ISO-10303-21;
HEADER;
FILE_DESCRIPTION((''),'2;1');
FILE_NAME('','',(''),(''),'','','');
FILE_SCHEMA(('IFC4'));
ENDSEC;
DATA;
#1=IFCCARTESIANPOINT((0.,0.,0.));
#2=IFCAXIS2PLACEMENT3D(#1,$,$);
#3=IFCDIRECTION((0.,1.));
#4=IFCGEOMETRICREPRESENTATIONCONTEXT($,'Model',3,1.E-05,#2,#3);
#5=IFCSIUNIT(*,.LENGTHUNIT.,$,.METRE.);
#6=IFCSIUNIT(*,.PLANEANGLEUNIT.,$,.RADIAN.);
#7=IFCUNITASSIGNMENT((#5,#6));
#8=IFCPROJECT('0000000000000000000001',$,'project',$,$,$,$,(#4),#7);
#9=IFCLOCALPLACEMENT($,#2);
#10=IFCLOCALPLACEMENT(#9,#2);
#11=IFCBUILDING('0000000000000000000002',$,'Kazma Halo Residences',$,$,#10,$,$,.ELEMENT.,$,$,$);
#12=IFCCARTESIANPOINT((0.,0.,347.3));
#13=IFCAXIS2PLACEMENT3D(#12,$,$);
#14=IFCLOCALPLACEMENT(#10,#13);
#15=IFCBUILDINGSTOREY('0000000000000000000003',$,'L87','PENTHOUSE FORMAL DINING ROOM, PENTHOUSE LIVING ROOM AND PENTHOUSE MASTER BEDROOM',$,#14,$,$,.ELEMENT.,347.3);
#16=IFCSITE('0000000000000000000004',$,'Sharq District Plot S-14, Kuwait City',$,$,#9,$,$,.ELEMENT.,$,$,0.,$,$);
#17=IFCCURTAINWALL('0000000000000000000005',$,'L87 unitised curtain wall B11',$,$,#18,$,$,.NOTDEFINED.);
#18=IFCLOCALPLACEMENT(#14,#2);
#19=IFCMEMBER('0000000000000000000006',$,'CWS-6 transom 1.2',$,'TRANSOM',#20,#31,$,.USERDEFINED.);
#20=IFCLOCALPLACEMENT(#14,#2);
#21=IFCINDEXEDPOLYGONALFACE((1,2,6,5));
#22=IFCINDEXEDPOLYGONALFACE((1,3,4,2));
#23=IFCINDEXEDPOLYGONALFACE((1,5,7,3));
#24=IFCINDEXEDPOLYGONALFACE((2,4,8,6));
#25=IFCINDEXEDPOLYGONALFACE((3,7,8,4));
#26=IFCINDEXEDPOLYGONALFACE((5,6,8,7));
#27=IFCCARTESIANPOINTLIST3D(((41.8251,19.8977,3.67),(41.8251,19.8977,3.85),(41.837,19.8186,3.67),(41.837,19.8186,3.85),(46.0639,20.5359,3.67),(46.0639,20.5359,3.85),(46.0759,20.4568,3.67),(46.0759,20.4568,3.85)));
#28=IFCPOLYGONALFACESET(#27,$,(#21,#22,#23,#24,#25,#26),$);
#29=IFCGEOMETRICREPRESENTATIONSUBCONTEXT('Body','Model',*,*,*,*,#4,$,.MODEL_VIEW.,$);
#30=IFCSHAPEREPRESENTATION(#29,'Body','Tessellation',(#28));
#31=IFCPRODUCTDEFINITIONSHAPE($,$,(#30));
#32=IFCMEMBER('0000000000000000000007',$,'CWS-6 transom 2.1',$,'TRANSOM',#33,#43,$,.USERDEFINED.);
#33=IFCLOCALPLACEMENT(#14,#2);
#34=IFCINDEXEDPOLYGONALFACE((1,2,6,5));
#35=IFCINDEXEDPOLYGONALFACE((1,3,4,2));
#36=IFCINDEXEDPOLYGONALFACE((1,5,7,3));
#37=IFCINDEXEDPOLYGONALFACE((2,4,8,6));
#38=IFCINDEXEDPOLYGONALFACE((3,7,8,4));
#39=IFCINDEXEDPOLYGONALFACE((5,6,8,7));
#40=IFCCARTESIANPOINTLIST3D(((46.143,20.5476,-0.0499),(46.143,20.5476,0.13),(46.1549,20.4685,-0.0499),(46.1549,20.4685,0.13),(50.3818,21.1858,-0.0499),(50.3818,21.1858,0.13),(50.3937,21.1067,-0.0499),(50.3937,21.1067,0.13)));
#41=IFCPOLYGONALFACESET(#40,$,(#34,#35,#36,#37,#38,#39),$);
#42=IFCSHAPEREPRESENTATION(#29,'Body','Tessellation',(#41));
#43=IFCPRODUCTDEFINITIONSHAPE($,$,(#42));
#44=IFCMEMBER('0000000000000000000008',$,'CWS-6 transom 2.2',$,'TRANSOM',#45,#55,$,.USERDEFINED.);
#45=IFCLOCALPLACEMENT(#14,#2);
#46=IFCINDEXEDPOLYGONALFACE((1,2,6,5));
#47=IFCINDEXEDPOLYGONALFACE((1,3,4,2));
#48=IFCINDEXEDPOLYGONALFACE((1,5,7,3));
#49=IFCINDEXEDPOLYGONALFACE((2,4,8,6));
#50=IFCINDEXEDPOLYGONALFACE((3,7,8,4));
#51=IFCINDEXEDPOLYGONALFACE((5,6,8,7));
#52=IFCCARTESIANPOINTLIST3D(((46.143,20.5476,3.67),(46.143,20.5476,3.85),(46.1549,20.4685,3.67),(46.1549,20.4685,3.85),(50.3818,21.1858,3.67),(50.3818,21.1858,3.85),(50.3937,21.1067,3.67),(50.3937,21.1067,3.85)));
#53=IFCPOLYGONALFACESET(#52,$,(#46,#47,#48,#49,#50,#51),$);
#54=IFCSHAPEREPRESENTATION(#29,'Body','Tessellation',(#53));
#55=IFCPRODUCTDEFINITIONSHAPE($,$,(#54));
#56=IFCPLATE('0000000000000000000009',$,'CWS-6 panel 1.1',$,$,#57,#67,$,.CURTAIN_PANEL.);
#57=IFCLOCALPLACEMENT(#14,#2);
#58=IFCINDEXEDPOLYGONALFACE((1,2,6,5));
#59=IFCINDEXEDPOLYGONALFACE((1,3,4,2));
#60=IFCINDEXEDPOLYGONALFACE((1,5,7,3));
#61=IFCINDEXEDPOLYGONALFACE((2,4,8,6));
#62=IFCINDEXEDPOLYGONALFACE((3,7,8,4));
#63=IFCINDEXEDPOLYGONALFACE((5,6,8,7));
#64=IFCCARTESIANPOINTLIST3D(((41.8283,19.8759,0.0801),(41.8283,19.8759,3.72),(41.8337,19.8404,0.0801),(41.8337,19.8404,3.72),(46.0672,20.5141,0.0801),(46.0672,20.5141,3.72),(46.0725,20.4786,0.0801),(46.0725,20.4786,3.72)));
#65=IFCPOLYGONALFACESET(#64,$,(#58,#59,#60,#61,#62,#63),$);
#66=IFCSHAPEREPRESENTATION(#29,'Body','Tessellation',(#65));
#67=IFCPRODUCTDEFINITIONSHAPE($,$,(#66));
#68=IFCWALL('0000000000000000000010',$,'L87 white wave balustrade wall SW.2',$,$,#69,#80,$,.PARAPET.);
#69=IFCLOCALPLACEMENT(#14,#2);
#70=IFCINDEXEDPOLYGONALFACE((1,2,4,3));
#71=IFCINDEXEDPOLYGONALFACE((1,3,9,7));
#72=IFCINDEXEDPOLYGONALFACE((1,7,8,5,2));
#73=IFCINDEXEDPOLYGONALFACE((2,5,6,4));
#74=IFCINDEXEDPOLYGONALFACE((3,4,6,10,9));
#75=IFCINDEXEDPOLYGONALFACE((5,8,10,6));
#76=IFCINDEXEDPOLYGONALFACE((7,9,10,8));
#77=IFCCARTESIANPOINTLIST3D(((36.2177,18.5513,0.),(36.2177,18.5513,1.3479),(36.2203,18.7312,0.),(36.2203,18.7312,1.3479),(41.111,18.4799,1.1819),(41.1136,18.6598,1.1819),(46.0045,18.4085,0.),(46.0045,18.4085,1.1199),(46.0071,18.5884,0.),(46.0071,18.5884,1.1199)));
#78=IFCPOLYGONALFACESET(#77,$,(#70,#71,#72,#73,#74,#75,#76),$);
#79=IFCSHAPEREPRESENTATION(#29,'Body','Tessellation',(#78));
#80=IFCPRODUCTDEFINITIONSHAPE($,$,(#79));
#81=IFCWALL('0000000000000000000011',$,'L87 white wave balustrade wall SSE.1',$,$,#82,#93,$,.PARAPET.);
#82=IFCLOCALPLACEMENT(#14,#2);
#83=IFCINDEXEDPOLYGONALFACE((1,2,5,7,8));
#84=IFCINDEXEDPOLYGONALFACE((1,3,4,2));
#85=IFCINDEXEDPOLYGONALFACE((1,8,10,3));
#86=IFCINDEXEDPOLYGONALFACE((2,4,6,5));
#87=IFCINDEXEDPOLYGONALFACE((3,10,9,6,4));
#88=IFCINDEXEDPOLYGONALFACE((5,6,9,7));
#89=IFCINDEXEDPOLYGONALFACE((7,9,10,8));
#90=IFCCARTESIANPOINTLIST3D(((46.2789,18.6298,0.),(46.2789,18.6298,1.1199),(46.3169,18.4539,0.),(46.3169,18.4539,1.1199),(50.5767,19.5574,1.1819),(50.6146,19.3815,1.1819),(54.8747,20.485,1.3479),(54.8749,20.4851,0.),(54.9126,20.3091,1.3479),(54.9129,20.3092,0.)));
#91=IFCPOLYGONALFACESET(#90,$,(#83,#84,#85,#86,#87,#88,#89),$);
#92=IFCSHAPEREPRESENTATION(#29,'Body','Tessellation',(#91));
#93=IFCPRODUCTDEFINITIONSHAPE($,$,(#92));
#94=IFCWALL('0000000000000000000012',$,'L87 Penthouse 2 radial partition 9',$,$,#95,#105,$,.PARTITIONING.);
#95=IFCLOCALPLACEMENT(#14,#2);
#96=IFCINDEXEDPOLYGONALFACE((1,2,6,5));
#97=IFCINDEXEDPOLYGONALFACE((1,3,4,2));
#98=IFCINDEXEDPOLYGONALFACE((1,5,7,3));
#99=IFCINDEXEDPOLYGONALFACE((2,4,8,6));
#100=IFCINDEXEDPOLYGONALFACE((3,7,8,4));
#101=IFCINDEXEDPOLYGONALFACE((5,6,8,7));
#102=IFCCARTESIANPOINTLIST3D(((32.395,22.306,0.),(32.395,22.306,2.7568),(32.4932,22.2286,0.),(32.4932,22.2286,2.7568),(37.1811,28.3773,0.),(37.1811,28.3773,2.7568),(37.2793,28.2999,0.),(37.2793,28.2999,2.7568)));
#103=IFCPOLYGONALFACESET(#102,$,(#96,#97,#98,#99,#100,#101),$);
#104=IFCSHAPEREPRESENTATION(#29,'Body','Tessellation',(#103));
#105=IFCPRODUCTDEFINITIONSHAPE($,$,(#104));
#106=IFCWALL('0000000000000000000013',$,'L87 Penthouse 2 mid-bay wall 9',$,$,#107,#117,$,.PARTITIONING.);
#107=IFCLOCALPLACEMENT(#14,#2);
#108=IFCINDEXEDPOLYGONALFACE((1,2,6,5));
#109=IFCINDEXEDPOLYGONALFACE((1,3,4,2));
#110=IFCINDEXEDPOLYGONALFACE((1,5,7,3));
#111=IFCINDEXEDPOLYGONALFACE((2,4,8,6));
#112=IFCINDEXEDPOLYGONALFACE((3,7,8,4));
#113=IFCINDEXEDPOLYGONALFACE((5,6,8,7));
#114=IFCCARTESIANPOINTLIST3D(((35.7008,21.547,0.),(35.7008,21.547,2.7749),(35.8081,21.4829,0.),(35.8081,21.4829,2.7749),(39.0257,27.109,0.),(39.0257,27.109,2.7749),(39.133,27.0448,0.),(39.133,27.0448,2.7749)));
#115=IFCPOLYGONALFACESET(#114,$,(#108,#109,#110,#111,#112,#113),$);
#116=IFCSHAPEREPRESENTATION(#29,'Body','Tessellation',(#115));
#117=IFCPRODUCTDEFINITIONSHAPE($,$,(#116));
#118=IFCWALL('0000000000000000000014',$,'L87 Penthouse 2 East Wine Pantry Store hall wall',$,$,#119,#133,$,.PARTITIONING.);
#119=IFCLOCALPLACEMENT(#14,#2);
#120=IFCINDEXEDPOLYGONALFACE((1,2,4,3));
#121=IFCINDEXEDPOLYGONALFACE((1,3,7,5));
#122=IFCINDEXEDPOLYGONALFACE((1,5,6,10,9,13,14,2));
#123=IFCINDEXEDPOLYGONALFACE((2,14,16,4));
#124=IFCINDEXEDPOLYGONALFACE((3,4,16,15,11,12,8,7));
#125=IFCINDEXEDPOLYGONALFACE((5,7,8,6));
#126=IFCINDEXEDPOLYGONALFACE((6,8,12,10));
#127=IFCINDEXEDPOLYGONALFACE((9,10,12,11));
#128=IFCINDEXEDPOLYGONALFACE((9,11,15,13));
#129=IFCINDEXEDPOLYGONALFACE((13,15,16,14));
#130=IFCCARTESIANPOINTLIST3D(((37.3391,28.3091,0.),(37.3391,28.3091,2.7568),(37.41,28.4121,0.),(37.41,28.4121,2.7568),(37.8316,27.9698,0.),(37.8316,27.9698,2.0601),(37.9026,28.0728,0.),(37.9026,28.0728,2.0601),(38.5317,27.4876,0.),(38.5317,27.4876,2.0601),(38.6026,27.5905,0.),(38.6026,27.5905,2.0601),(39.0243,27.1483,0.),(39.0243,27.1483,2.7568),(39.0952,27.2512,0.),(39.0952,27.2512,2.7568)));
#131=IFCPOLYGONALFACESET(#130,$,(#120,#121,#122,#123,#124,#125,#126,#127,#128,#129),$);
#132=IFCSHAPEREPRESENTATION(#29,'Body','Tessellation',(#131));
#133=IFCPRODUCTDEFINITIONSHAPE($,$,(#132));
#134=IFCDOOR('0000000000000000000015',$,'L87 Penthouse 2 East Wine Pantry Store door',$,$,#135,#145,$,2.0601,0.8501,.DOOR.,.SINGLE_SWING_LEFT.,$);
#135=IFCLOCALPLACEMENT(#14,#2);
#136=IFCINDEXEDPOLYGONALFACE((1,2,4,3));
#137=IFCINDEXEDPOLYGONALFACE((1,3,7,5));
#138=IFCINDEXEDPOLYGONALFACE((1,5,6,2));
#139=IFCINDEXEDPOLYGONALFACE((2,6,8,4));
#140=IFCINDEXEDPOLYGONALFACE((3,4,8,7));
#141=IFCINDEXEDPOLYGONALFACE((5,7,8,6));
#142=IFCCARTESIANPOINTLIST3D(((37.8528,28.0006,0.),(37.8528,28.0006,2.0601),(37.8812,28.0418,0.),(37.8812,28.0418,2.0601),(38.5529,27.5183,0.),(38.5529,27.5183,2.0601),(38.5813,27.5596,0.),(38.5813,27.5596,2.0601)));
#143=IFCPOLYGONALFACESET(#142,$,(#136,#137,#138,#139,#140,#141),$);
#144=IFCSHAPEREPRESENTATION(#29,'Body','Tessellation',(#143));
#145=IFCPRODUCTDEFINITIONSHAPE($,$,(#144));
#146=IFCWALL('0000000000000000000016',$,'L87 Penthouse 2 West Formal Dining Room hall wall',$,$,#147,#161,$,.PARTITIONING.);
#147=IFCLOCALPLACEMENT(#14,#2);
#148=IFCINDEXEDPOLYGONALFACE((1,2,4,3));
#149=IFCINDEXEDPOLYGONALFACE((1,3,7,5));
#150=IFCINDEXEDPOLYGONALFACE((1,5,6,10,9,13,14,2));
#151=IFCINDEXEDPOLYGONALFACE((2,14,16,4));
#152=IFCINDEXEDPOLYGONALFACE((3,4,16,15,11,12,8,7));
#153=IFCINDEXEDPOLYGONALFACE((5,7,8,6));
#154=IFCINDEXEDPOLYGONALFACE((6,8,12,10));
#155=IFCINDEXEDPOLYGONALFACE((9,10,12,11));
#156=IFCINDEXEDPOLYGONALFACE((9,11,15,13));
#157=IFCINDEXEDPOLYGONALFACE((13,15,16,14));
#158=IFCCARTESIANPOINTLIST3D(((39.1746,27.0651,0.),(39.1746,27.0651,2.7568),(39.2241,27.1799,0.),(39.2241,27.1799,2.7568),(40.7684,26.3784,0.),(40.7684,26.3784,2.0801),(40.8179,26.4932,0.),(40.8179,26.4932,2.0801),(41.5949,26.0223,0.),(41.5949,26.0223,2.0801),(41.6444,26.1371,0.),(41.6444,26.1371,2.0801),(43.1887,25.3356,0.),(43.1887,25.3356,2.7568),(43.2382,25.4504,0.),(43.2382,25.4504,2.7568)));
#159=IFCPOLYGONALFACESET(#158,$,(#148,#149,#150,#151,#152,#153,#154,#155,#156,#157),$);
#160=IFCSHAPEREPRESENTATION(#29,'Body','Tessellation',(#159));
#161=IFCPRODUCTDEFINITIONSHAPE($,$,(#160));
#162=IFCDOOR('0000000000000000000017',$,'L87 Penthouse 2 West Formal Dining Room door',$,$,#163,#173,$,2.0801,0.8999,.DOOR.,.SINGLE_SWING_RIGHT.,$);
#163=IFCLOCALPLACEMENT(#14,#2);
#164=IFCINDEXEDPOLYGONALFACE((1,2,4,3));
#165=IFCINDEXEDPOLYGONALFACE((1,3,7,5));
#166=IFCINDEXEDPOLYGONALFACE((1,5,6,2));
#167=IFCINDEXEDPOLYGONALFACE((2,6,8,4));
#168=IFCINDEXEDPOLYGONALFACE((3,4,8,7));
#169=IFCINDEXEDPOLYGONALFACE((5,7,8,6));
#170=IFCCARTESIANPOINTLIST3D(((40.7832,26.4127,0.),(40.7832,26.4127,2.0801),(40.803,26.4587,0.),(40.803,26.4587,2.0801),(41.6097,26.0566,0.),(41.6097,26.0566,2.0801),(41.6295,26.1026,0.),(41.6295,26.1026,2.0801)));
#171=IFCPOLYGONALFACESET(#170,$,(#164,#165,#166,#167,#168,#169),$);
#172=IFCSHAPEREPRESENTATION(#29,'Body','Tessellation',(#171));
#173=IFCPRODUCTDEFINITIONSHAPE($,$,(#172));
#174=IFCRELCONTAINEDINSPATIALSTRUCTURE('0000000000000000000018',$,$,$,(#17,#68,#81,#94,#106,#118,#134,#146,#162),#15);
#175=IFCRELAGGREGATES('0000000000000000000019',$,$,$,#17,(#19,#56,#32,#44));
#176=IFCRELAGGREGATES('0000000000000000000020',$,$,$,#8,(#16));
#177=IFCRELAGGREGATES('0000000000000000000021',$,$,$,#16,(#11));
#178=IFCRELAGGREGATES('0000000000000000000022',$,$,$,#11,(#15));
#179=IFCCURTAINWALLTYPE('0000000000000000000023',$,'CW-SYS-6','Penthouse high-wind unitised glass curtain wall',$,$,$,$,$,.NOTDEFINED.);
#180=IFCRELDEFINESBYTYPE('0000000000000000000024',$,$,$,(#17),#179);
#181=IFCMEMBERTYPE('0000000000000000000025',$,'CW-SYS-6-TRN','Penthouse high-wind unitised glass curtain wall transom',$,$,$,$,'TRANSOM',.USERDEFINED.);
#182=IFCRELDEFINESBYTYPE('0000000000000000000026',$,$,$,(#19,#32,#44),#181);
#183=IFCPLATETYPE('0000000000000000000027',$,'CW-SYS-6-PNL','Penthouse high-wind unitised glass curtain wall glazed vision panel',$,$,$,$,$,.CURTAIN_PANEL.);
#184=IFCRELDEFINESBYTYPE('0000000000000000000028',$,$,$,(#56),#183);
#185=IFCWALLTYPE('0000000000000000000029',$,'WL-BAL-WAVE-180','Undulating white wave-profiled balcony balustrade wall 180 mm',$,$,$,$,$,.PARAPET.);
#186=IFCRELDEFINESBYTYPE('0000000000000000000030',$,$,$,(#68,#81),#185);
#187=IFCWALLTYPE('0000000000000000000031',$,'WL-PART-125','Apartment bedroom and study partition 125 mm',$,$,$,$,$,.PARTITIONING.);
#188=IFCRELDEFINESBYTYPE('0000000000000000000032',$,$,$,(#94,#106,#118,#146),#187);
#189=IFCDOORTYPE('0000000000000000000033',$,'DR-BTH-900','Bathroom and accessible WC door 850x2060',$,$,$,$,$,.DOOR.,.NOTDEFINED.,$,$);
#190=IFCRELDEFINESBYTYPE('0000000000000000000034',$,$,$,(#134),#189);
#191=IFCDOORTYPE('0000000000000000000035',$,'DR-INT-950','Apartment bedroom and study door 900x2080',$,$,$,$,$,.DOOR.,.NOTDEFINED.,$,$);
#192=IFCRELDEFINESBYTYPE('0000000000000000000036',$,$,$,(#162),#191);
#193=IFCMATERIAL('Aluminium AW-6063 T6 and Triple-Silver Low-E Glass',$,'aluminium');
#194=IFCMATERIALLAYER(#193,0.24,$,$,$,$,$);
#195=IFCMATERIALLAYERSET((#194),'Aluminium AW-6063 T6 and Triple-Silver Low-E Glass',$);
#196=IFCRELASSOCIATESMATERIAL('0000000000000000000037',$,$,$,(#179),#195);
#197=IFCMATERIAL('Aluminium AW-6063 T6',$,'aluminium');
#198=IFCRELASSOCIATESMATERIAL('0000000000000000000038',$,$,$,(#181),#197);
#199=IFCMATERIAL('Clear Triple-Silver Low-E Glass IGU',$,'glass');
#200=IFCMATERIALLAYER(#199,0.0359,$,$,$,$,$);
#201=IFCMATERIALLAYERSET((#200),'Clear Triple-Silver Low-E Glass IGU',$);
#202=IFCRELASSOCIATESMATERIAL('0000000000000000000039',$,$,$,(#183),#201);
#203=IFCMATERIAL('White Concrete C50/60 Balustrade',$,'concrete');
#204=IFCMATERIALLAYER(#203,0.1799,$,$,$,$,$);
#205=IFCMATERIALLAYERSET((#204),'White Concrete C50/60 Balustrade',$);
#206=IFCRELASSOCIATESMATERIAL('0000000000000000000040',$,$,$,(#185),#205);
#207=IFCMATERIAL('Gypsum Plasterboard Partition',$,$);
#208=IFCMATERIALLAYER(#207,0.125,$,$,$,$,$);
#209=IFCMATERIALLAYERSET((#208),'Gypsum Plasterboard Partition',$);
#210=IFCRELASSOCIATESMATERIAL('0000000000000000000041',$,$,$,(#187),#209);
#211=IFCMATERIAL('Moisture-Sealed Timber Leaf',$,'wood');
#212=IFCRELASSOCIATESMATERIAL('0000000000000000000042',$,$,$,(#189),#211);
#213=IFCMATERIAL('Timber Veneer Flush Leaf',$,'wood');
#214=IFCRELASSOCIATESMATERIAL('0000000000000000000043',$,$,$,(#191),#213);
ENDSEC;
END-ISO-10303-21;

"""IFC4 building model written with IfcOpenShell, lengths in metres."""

from ifc_helpers import new_model, si_unit, direction, frame, frame_2d, origin, origin_2d, place, context, subcontext, project, spatial, polyline, rectangle, outline, extrude, material, layer, layer_set, material_profile, profile_set, type_object, element, fill, aggregate, save


model = new_model("IFC4")

# Units and contexts
model_context = context("Model", 3, precision=1e-05, world=origin(), true_north=direction((0.0, 1.0)))
body_context = subcontext(model_context, "Body", "Model", "MODEL_VIEW")
ifc_project = project(units=[si_unit("LENGTHUNIT", "METRE"), si_unit("PLANEANGLEUNIT", "RADIAN")], contexts=[model_context])

# Site, building, storey
site_placement = place(None, origin())
site = spatial("IfcSite", under=ifc_project, at=site_placement, Name="Sharq District Plot S-14, Kuwait City", CompositionType="ELEMENT", RefElevation=0.0)
building_placement = place(site_placement, origin())
building = spatial("IfcBuilding", under=site, at=building_placement, Name="Kazma Halo Residences", CompositionType="ELEMENT")
storey_placement = place(building_placement, frame((0.0, 0.0, 347.3)))
storey = spatial("IfcBuildingStorey", under=building, at=storey_placement, Name="L87", Description="PENTHOUSE FORMAL DINING ROOM, PENTHOUSE LIVING ROOM AND PENTHOUSE MASTER BEDROOM", CompositionType="ELEMENT", Elevation=347.3)

# Curtain wall, members, plate
ifc_material_1 = material(Name="Aluminium AW-6063 T6 and Triple-Silver Low-E Glass", Category="aluminium")
ifc_layer_1 = layer(ifc_material_1, 0.24)
ifc_layer_set_1 = layer_set([ifc_layer_1], Name="Aluminium AW-6063 T6 and Triple-Silver Low-E Glass")
curtain_wall_type = type_object("IfcCurtainWallType", Name="CW-SYS-6", Description="Penthouse high-wind unitised glass curtain wall", PredefinedType="NOTDEFINED", material=ifc_layer_set_1)
curtain_wall_placement = place(storey_placement, origin())
curtain_wall = element("IfcCurtainWall", 1, at=curtain_wall_placement, inside=storey, type_object=curtain_wall_type, Name="L87 unitised curtain wall B11", PredefinedType="NOTDEFINED")
ifc_material_2 = material(Name="Aluminium AW-6063 T6", Category="aluminium")
ifc_material_profile_1 = material_profile(ifc_material_2, rectangle(XDim=0.0801, YDim=0.1799, at=origin_2d()), Name="CWT-80x180")
ifc_profile_set_1 = profile_set([ifc_material_profile_1], Name="Aluminium AW-6063 T6")
member_type_1 = type_object("IfcMemberType", Name="CW-SYS-6-TRN", Description="Penthouse high-wind unitised glass curtain wall transom", ElementType="TRANSOM", PredefinedType="USERDEFINED", material=ifc_profile_set_1)
member_1_placement = place(storey_placement, frame((41.8311, 19.8582, 3.76), z_axis=(0.988855, 0.148881, 0.0), x_axis=(-0.148881, 0.988855, 0.0)))
member_1 = element("IfcMember", 2, at=member_1_placement, type_object=member_type_1, Name="CWS-6 transom 1.2", ObjectType="TRANSOM", PredefinedType="USERDEFINED", context=body_context, shape_type="SweptSolid", body=[
    extrude(rectangle(XDim=0.0801, YDim=0.1799, at=origin_2d()), origin(), (0.0, 0.0, 1.0), 4.2866),
])
member_2_placement = place(storey_placement, frame((46.1489, 20.5081, 0.04), z_axis=(0.988855, 0.148881, 0.0), x_axis=(-0.148881, 0.988855, 0.0)))
member_2 = element("IfcMember", 3, at=member_2_placement, type_object=member_type_1, Name="CWS-6 transom 2.1", ObjectType="TRANSOM", PredefinedType="USERDEFINED", context=body_context, shape_type="SweptSolid", body=[
    extrude(rectangle(XDim=0.0801, YDim=0.1799, at=origin_2d()), origin(), (0.0, 0.0, 1.0), 4.2866),
])
member_3_placement = place(storey_placement, frame((46.1489, 20.5081, 3.76), z_axis=(0.988855, 0.148881, 0.0), x_axis=(-0.148881, 0.988855, 0.0)))
member_3 = element("IfcMember", 4, at=member_3_placement, type_object=member_type_1, Name="CWS-6 transom 2.2", ObjectType="TRANSOM", PredefinedType="USERDEFINED", context=body_context, shape_type="SweptSolid", body=[
    extrude(rectangle(XDim=0.0801, YDim=0.1799, at=origin_2d()), origin(), (0.0, 0.0, 1.0), 4.2866),
])
ifc_material_3 = material(Name="Clear Triple-Silver Low-E Glass IGU", Category="glass")
ifc_layer_2 = layer(ifc_material_3, 0.0359)
ifc_layer_set_2 = layer_set([ifc_layer_2], Name="Clear Triple-Silver Low-E Glass IGU")
plate_type = type_object("IfcPlateType", Name="CW-SYS-6-PNL", Description="Penthouse high-wind unitised glass curtain wall glazed vision panel", PredefinedType="CURTAIN_PANEL", material=ifc_layer_set_2)
plate_placement = place(storey_placement, frame((43.9504, 20.1772, 0.0801), z_axis=(0.0, 0.0, 1.0), x_axis=(0.988857, 0.148871, 0.0)))
plate = element("IfcPlate", 5, at=plate_placement, type_object=plate_type, Name="CWS-6 panel 1.1", PredefinedType="CURTAIN_PANEL", context=body_context, shape_type="SweptSolid", body=[
    extrude(rectangle(XDim=4.2866, YDim=0.0359, at=origin_2d()), origin(), (0.0, 0.0, 1.0), 3.6399),
])
aggregate(curtain_wall, [member_1, plate, member_2, member_3])

# Walls
ifc_material_4 = material(Name="White Concrete C50/60 Balustrade", Category="concrete")
ifc_layer_3 = layer(ifc_material_4, 0.1799)
ifc_layer_set_3 = layer_set([ifc_layer_3], Name="White Concrete C50/60 Balustrade")
wall_type_1 = type_object("IfcWallType", Name="WL-BAL-WAVE-180", Description="Undulating white wave-profiled balcony balustrade wall 180 mm", PredefinedType="PARAPET", material=ifc_layer_set_3)
wall_1_placement = place(storey_placement, frame((36.219, 18.6414, 0.0), z_axis=(0.0, 0.0, 1.0), x_axis=(0.999894, -0.014592, 0.0)))
element("IfcWall", 6, at=wall_1_placement, inside=storey, type_object=wall_type_1, Name="L87 white wave balustrade wall SW.2", PredefinedType="PARAPET", context=body_context, shape_type="SweptSolid", body=[
    extrude(outline(polyline([(0.0, 0.0), (9.7878, 0.0), (9.7878, 1.1199), (4.8938, 1.1819), (0.0, 1.3479), (0.0, 0.0)])), frame((0.0, 0.0898, 0.0), z_axis=(0.0, -1.0, 0.0), x_axis=(1.0, 0.0, 0.0)), (0.0, 0.0, 1.0), 0.1799),
])
wall_2_placement = place(storey_placement, frame((46.2979, 18.542, 0.0), z_axis=(0.0, 0.0, 1.0), x_axis=(0.977493, 0.210968, 0.0)))
element("IfcWall", 7, at=wall_2_placement, inside=storey, type_object=wall_type_1, Name="L87 white wave balustrade wall SSE.1", PredefinedType="PARAPET", context=body_context, shape_type="SweptSolid", body=[
    extrude(outline(polyline([(0.0, 0.0), (8.7939, 0.0), (8.7937, 1.3479), (4.3967, 1.1819), (0.0, 1.1199), (0.0, 0.0)])), frame((0.0, 0.0898, 0.0), z_axis=(0.0, -1.0, 0.0), x_axis=(1.0, 0.0, 0.0)), (0.0, 0.0, 1.0), 0.1799),
])
ifc_material_5 = material(Name="Gypsum Plasterboard Partition")
ifc_layer_4 = layer(ifc_material_5, 0.125)
ifc_layer_set_4 = layer_set([ifc_layer_4], Name="Gypsum Plasterboard Partition")
wall_type_2 = type_object("IfcWallType", Name="WL-PART-125", Description="Apartment bedroom and study partition 125 mm", PredefinedType="PARTITIONING", material=ifc_layer_set_4)
wall_3_placement = place(storey_placement, frame((37.2302, 28.3386, 0.0), z_axis=(0.0, 0.0, 1.0), x_axis=(-0.619087, -0.785322, 0.0)))
element("IfcWall", 8, at=wall_3_placement, inside=storey, type_object=wall_type_2, Name="L87 Penthouse 2 radial partition 9", PredefinedType="PARTITIONING", context=body_context, shape_type="SweptSolid", body=[
    extrude(rectangle(XDim=7.731, YDim=0.125, at=frame_2d((3.8655, 0.0))), origin(), (0.0, 0.0, 1.0), 2.7568),
])
wall_4_placement = place(storey_placement, frame((39.0793, 27.0769, 0.0), z_axis=(0.0, 0.0, 1.0), x_axis=(-0.513104, -0.858326, 0.0)))
element("IfcWall", 9, at=wall_4_placement, inside=storey, type_object=wall_type_2, Name="L87 Penthouse 2 mid-bay wall 9", PredefinedType="PARTITIONING", context=body_context, shape_type="SweptSolid", body=[
    extrude(rectangle(XDim=6.48, YDim=0.125, at=frame_2d((3.24, 0.0))), origin(), (0.0, 0.0, 1.0), 2.7749),
])

# Walls, openings, doors
wall_5_placement = place(storey_placement, frame((37.3745, 28.3606, 0.0), z_axis=(0.0, 0.0, 1.0), x_axis=(0.82353, -0.567273, 0.0)))
wall_5 = element("IfcWall", 10, at=wall_5_placement, inside=storey, type_object=wall_type_2, Name="L87 Penthouse 2 East Wine Pantry Store hall wall", PredefinedType="PARTITIONING", context=body_context, shape_type="SweptSolid", body=[
    extrude(rectangle(XDim=2.0464, YDim=0.125, at=frame_2d((1.0232, 0.0))), origin(), (0.0, 0.0, 1.0), 2.7568),
])
opening_1_placement = place(wall_5_placement, frame((0.5981, 0.0, 0.0)))
opening_1 = element("IfcOpeningElement", 11, at=opening_1_placement, cuts=wall_5, PredefinedType="OPENING", context=body_context, shape_type="SweptSolid", body=[
    extrude(rectangle(XDim=0.8501, YDim=2.0601, at=frame_2d((0.425, 1.03))), frame((0.0, 0.0725, 0.0), z_axis=(0.0, -1.0, 0.0), x_axis=(1.0, 0.0, 0.0)), (0.0, 0.0, 1.0), 0.145),
])
ifc_material_6 = material(Name="Moisture-Sealed Timber Leaf", Category="wood")
door_type_1 = type_object("IfcDoorType", Name="DR-BTH-900", Description="Bathroom and accessible WC door 850x2060", OperationType="NOTDEFINED", PredefinedType="DOOR", material=ifc_material_6)
door_1_placement = place(opening_1_placement, origin())
door_1 = element("IfcDoor", 12, at=door_1_placement, inside=storey, type_object=door_type_1, Name="L87 Penthouse 2 East Wine Pantry Store door", OperationType="SINGLE_SWING_LEFT", OverallHeight=2.0601, OverallWidth=0.8501, PredefinedType="DOOR", context=body_context, shape_type="SweptSolid", body=[
    extrude(rectangle(XDim=0.8501, YDim=2.0601, at=frame_2d((0.425, 1.03))), frame((0.0, 0.0249, 0.0), z_axis=(0.0, -1.0, 0.0), x_axis=(1.0, 0.0, 0.0)), (0.0, 0.0, 1.0), 0.05),
])
fill(opening_1, door_1)
wall_6_placement = place(storey_placement, frame((39.1992, 27.1226, 0.0), z_axis=(0.0, 0.0, 1.0), x_axis=(0.918386, -0.395685, 0.0)))
wall_6 = element("IfcWall", 13, at=wall_6_placement, inside=storey, type_object=wall_type_2, Name="L87 Penthouse 2 West Formal Dining Room hall wall", PredefinedType="PARTITIONING", context=body_context, shape_type="SweptSolid", body=[
    extrude(rectangle(XDim=4.3708, YDim=0.125, at=frame_2d((2.1855, 0.0))), origin(), (0.0, 0.0, 1.0), 2.7568),
])
opening_2_placement = place(wall_6_placement, frame((1.7356, 0.0, 0.0)))
opening_2 = element("IfcOpeningElement", 14, at=opening_2_placement, cuts=wall_6, PredefinedType="OPENING", context=body_context, shape_type="SweptSolid", body=[
    extrude(rectangle(XDim=0.8999, YDim=2.0801, at=frame_2d((0.45, 1.04))), frame((0.0, 0.0725, 0.0), z_axis=(0.0, -1.0, 0.0), x_axis=(1.0, 0.0, 0.0)), (0.0, 0.0, 1.0), 0.145),
])
ifc_material_7 = material(Name="Timber Veneer Flush Leaf", Category="wood")
door_type_2 = type_object("IfcDoorType", Name="DR-INT-950", Description="Apartment bedroom and study door 900x2080", OperationType="NOTDEFINED", PredefinedType="DOOR", material=ifc_material_7)
door_2_placement = place(opening_2_placement, origin())
door_2 = element("IfcDoor", 15, at=door_2_placement, inside=storey, type_object=door_type_2, Name="L87 Penthouse 2 West Formal Dining Room door", OperationType="SINGLE_SWING_RIGHT", OverallHeight=2.0801, OverallWidth=0.8999, PredefinedType="DOOR", context=body_context, shape_type="SweptSolid", body=[
    extrude(rectangle(XDim=0.8999, YDim=2.0801, at=frame_2d((0.45, 1.04))), frame((0.0, 0.0249, 0.0), z_axis=(0.0, -1.0, 0.0), x_axis=(1.0, 0.0, 0.0)), (0.0, 0.0, 1.0), 0.05),
])
fill(opening_2, door_2)

save(model, "model.ifc")
